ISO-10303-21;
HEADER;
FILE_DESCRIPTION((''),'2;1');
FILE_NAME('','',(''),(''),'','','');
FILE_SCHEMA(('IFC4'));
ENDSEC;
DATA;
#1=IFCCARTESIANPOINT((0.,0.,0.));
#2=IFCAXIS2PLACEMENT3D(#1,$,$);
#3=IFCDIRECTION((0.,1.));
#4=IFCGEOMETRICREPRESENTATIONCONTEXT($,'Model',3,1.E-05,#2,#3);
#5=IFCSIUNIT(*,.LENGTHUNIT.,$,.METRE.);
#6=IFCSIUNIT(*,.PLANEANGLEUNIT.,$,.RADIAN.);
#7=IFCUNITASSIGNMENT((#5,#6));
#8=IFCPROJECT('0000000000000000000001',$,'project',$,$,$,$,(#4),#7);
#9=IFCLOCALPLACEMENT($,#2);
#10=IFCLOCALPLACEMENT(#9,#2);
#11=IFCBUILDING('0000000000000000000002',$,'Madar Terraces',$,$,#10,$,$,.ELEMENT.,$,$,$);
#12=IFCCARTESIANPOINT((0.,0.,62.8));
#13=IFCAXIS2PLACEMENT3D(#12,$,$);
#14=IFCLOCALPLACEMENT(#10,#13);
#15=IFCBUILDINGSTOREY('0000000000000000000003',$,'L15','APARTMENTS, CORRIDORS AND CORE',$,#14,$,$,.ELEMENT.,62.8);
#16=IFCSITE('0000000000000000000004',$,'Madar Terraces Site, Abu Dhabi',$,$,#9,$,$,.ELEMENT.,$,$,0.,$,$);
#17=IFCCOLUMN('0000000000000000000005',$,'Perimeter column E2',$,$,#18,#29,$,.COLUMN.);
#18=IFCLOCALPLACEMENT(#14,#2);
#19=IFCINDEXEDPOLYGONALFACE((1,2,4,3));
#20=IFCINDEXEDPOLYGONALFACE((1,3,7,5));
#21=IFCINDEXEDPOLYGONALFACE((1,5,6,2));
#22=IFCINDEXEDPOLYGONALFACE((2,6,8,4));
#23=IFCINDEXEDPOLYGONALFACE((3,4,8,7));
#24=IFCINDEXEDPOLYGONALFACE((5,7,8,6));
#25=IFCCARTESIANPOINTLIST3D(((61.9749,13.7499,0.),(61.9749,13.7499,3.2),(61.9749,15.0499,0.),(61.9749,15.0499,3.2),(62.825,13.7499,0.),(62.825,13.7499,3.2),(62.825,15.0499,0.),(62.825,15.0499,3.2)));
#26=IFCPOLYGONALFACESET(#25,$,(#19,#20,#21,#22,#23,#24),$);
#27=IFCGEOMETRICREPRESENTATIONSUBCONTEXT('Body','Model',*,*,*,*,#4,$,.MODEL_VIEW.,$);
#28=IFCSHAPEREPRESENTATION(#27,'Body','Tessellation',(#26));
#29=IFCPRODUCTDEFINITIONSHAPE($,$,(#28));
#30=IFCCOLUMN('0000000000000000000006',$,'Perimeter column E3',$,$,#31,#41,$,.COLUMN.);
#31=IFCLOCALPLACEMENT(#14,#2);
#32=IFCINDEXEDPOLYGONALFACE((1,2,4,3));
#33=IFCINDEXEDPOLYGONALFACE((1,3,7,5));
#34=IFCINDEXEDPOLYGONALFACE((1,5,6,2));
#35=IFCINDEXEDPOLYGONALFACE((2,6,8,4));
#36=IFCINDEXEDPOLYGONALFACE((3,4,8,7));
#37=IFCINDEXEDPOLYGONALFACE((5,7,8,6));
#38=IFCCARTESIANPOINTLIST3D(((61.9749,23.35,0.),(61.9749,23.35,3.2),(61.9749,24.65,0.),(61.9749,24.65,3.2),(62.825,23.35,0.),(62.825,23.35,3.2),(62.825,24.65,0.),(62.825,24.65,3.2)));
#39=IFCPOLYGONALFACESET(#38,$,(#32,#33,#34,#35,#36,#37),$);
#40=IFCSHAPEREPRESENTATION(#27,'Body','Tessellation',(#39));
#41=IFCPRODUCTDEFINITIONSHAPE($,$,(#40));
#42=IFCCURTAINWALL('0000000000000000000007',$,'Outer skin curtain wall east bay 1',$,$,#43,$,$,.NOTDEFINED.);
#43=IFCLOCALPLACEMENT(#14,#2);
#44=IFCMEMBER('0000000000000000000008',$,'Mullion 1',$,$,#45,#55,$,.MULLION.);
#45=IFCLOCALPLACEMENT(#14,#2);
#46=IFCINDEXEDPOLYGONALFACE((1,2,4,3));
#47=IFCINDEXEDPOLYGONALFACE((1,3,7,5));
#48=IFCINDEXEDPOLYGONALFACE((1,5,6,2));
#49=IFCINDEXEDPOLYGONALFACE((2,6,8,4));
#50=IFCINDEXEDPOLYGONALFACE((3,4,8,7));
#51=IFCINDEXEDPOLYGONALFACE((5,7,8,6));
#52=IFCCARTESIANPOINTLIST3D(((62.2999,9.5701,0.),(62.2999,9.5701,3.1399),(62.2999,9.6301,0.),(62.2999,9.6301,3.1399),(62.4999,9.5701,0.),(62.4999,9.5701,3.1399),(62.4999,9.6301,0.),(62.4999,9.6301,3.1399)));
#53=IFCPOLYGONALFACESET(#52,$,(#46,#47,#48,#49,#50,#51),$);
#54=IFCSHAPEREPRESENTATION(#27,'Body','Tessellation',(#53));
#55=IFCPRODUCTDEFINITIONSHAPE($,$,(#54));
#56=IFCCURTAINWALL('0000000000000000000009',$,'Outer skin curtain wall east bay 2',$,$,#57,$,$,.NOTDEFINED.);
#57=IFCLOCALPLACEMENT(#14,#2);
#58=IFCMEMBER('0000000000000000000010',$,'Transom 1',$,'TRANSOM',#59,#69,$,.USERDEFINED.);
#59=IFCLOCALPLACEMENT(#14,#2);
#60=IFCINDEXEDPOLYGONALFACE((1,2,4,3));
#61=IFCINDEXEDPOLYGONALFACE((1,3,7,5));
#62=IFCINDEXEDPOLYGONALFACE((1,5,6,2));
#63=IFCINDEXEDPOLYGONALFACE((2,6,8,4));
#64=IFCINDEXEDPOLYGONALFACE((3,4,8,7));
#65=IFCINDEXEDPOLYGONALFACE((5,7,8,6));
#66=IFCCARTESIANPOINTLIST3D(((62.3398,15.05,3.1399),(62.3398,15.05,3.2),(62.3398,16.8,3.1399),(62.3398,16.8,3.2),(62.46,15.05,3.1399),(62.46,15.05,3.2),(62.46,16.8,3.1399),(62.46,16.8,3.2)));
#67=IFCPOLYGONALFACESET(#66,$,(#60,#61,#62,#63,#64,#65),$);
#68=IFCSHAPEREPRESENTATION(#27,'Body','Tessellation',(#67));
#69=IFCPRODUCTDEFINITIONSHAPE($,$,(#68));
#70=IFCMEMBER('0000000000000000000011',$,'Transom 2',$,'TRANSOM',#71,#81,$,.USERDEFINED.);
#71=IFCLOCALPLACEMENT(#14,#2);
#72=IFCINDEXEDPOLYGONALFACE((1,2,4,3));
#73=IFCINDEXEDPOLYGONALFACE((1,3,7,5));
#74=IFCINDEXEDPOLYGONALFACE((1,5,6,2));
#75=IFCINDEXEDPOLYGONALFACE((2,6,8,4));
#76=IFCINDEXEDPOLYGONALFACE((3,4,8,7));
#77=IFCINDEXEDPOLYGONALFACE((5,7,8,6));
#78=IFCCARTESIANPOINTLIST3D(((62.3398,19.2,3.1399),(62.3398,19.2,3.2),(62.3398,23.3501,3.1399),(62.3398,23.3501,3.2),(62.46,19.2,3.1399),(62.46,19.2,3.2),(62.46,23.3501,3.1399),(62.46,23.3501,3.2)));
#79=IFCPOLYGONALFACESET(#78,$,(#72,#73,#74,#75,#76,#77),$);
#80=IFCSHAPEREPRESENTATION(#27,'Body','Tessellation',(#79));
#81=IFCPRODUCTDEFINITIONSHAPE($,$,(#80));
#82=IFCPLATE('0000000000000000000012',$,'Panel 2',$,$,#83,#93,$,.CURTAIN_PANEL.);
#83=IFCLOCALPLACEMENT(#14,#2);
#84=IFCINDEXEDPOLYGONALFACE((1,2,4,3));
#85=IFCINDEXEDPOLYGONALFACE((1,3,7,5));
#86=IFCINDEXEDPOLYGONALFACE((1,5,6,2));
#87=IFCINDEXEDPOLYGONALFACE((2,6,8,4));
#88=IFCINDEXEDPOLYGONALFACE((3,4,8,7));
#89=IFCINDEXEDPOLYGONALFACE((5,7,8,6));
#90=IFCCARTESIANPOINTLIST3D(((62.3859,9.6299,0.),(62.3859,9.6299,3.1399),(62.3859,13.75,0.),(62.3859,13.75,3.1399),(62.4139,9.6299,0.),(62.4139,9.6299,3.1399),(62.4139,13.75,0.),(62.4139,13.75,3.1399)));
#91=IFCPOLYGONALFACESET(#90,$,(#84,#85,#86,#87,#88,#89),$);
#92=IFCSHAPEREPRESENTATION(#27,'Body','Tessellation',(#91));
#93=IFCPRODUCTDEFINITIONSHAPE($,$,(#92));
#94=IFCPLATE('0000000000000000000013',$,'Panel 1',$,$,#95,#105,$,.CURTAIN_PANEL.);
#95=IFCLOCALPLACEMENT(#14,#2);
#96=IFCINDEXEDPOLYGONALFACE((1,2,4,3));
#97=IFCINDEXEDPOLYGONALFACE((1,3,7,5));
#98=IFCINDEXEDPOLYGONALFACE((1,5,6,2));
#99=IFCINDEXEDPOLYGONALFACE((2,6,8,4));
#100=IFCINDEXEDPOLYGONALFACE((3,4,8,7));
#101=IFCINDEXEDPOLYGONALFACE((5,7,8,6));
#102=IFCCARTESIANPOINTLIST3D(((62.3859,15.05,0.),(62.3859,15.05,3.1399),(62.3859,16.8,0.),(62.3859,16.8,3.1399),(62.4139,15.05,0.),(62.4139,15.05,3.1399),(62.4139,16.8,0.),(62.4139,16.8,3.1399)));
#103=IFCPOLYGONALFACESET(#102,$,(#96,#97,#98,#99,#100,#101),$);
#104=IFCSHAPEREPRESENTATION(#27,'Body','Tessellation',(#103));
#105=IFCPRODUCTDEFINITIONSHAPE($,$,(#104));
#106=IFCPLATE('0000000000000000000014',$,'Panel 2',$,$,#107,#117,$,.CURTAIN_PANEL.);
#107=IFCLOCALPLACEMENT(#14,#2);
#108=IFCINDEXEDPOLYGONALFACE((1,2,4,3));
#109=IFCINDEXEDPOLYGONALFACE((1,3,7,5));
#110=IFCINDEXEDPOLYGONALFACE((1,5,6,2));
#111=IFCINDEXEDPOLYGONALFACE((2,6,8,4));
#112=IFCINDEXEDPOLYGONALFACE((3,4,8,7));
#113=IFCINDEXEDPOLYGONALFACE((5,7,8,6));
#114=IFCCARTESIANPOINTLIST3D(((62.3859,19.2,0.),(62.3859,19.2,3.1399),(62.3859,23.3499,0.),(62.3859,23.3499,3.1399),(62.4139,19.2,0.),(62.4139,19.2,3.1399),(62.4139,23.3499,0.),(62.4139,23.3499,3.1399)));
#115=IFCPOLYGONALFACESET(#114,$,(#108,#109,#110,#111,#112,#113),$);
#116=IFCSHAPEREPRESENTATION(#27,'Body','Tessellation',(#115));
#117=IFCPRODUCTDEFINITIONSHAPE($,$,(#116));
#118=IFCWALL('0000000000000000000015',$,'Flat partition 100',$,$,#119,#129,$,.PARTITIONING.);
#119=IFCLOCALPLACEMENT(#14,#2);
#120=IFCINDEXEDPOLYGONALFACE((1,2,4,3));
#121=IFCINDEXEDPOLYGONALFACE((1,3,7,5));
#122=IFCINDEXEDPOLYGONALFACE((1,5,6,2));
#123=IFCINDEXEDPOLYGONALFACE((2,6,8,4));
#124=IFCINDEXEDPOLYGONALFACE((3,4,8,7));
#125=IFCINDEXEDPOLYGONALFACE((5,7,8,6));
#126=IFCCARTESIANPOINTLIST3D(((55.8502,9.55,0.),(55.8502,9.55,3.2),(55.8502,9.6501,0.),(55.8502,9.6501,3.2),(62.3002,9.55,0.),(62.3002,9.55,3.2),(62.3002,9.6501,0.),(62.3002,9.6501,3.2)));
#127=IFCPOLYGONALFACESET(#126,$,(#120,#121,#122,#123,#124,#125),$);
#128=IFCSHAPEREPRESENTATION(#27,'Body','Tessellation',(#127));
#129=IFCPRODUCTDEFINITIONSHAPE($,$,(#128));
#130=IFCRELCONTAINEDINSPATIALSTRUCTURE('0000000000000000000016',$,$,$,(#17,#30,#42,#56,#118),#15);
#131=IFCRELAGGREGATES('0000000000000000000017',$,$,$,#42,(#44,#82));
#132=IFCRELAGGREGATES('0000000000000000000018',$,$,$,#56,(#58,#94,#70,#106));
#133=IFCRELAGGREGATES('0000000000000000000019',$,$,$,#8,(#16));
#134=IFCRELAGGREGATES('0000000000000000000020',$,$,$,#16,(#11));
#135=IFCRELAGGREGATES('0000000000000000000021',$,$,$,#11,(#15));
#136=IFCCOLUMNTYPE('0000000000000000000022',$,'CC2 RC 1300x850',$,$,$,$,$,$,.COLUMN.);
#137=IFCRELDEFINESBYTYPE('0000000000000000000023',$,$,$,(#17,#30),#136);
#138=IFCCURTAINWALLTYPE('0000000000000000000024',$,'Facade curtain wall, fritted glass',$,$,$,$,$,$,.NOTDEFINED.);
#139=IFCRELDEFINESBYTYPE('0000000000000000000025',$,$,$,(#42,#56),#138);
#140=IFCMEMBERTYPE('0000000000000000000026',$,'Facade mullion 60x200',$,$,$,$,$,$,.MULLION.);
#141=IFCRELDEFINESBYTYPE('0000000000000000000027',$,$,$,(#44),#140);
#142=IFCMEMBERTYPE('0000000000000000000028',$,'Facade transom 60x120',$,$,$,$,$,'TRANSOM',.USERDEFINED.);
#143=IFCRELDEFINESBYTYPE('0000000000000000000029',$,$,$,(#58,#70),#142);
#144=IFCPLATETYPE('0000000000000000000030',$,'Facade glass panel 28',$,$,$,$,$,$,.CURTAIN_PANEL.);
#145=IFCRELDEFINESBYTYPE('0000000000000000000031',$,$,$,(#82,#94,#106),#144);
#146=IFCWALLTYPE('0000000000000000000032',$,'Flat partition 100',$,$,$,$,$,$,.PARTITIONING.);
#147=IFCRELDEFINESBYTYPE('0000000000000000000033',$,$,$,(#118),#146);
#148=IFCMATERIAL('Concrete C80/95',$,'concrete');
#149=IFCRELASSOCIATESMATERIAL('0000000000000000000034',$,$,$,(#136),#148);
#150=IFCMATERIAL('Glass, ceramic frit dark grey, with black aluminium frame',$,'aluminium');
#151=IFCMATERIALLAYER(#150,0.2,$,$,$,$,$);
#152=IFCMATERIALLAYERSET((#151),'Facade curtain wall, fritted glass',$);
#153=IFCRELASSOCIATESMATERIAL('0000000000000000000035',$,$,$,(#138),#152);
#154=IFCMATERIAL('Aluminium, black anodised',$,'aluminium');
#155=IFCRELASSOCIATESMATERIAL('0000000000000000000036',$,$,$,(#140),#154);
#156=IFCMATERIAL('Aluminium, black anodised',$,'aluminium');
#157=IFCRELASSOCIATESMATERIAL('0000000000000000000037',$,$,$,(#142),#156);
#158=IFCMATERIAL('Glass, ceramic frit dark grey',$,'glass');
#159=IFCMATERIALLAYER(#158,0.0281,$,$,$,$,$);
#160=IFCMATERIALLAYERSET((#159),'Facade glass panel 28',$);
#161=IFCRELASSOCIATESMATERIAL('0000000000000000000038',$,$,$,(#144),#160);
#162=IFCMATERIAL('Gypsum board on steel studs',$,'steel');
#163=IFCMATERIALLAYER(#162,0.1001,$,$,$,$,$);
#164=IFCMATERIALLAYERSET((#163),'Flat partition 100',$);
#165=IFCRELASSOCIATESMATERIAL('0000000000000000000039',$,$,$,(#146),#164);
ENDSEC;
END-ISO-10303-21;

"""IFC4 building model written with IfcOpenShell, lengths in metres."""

from ifc_helpers import new_model, si_unit, direction, frame, frame_2d, origin, origin_2d, place, context, subcontext, project, spatial, rectangle, extrude, material, layer, layer_set, material_profile, profile_set, type_object, element, aggregate, save


model = new_model("IFC4")

# Units and contexts
model_context = context("Model", 3, precision=1e-05, world=origin(), true_north=direction((0.0, 1.0)))
body_context = subcontext(model_context, "Body", "Model", "MODEL_VIEW")
ifc_project = project(units=[si_unit("LENGTHUNIT", "METRE"), si_unit("PLANEANGLEUNIT", "RADIAN")], contexts=[model_context])

# Site, building, storey
site_placement = place(None, origin())
site = spatial("IfcSite", under=ifc_project, at=site_placement, Name="Madar Terraces Site, Abu Dhabi", CompositionType="ELEMENT", RefElevation=0.0)
building_placement = place(site_placement, origin())
building = spatial("IfcBuilding", under=site, at=building_placement, Name="Madar Terraces", CompositionType="ELEMENT")
storey_placement = place(building_placement, frame((0.0, 0.0, 62.8)))
storey = spatial("IfcBuildingStorey", under=building, at=storey_placement, Name="L15", Description="APARTMENTS, CORRIDORS AND CORE", CompositionType="ELEMENT", Elevation=62.8)

# Columns
ifc_material_1 = material(Name="Concrete C80/95", Category="concrete")
ifc_material_profile_1 = material_profile(ifc_material_1, rectangle(XDim=1.3, YDim=0.8501, at=origin_2d()), Name="CC2 RC 1300x850")
ifc_profile_set_1 = profile_set([ifc_material_profile_1], Name="Concrete C80/95")
column_type = type_object("IfcColumnType", Name="CC2 RC 1300x850", PredefinedType="COLUMN", material=ifc_profile_set_1)
for number, where, z_axis, x_axis, name in (
    (1, (62.3999, 14.3999, 0.0), (0.0, 0.0, 1.0), (0.0, 1.0, 0.0), "Perimeter column E2"),
    (2, (62.3999, 24.0, 0.0), (0.0, 0.0, 1.0), (0.0, 1.0, 0.0), "Perimeter column E3"),
):
    element("IfcColumn", number, at=place(storey_placement, frame(where, z_axis=z_axis, x_axis=x_axis)), inside=storey, type_object=column_type, Name=name, PredefinedType="COLUMN", context=body_context, shape_type="SweptSolid", body=[
        extrude(rectangle(XDim=1.3, YDim=0.8501, at=origin_2d()), origin(), (0.0, 0.0, 1.0), 3.2),
    ])

# Curtain wall, member
ifc_material_2 = material(Name="Glass, ceramic frit dark grey, with black aluminium frame", Category="aluminium")
ifc_layer_1 = layer(ifc_material_2, 0.2)
ifc_layer_set_1 = layer_set([ifc_layer_1], Name="Facade curtain wall, fritted glass")
curtain_wall_type = type_object("IfcCurtainWallType", Name="Facade curtain wall, fritted glass", PredefinedType="NOTDEFINED", material=ifc_layer_set_1)
curtain_wall_1_placement = place(storey_placement, origin())
curtain_wall_1 = element("IfcCurtainWall", 3, at=curtain_wall_1_placement, inside=storey, type_object=curtain_wall_type, Name="Outer skin curtain wall east bay 1", PredefinedType="NOTDEFINED")
ifc_material_3 = material(Name="Aluminium, black anodised", Category="aluminium")
ifc_material_profile_2 = material_profile(ifc_material_3, rectangle(XDim=0.2, YDim=0.0601, at=origin_2d()), Name="Facade mullion 60x200")
ifc_profile_set_2 = profile_set([ifc_material_profile_2], Name="Aluminium, black anodised")
member_type_1 = type_object("IfcMemberType", Name="Facade mullion 60x200", PredefinedType="MULLION", material=ifc_profile_set_2)
member_1_placement = place(storey_placement, frame((62.3999, 9.6001, 0.0), z_axis=(0.0, 0.0, 1.0), x_axis=(-1.0, 0.0, 0.0)))
member_1 = element("IfcMember", 4, at=member_1_placement, type_object=member_type_1, Name="Mullion 1", PredefinedType="MULLION", context=body_context, shape_type="SweptSolid", body=[
    extrude(rectangle(XDim=0.2, YDim=0.0601, at=origin_2d()), origin(), (0.0, 0.0, 1.0), 3.1399),
])

# Curtain wall, members
curtain_wall_2_placement = place(storey_placement, origin())
curtain_wall_2 = element("IfcCurtainWall", 5, at=curtain_wall_2_placement, inside=storey, type_object=curtain_wall_type, Name="Outer skin curtain wall east bay 2", PredefinedType="NOTDEFINED")
ifc_material_4 = material(Name="Aluminium, black anodised", Category="aluminium")
ifc_material_profile_3 = material_profile(ifc_material_4, rectangle(XDim=0.1201, YDim=0.0601, at=origin_2d()), Name="Facade transom 60x120")
ifc_profile_set_3 = profile_set([ifc_material_profile_3], Name="Aluminium, black anodised")
member_type_2 = type_object("IfcMemberType", Name="Facade transom 60x120", ElementType="TRANSOM", PredefinedType="USERDEFINED", material=ifc_profile_set_3)
member_2_placement = place(storey_placement, frame((62.3999, 15.05, 3.1699), z_axis=(0.0, 1.0, 0.0), x_axis=(-1.0, 0.0, 0.0)))
member_2 = element("IfcMember", 6, at=member_2_placement, type_object=member_type_2, Name="Transom 1", ObjectType="TRANSOM", PredefinedType="USERDEFINED", context=body_context, shape_type="SweptSolid", body=[
    extrude(rectangle(XDim=0.1201, YDim=0.0601, at=origin_2d()), origin(), (0.0, 0.0, 1.0), 1.75),
])
member_3_placement = place(storey_placement, frame((62.3999, 19.2, 3.1699), z_axis=(0.0, 1.0, 0.0), x_axis=(-1.0, 0.0, 0.0)))
member_3 = element("IfcMember", 7, at=member_3_placement, type_object=member_type_2, Name="Transom 2", ObjectType="TRANSOM", PredefinedType="USERDEFINED", context=body_context, shape_type="SweptSolid", body=[
    extrude(rectangle(XDim=0.1201, YDim=0.0601, at=origin_2d()), origin(), (0.0, 0.0, 1.0), 4.1501),
])

# Plates
ifc_material_5 = material(Name="Glass, ceramic frit dark grey", Category="glass")
ifc_layer_2 = layer(ifc_material_5, 0.0281)
ifc_layer_set_2 = layer_set([ifc_layer_2], Name="Facade glass panel 28")
plate_type = type_object("IfcPlateType", Name="Facade glass panel 28", PredefinedType="CURTAIN_PANEL", material=ifc_layer_set_2)
plate_1_placement = place(storey_placement, frame((62.3999, 11.6899, 0.0), z_axis=(0.0, 0.0, 1.0), x_axis=(0.0, 1.0, 0.0)))
plate_1 = element("IfcPlate", 8, at=plate_1_placement, type_object=plate_type, Name="Panel 2", PredefinedType="CURTAIN_PANEL", context=body_context, shape_type="SweptSolid", body=[
    extrude(rectangle(XDim=4.1201, YDim=0.0281, at=origin_2d()), origin(), (0.0, 0.0, 1.0), 3.1399),
])
aggregate(curtain_wall_1, [member_1, plate_1])
plate_2_placement = place(storey_placement, frame((62.3999, 15.925, 0.0), z_axis=(0.0, 0.0, 1.0), x_axis=(0.0, 1.0, 0.0)))
plate_2 = element("IfcPlate", 9, at=plate_2_placement, type_object=plate_type, Name="Panel 1", PredefinedType="CURTAIN_PANEL", context=body_context, shape_type="SweptSolid", body=[
    extrude(rectangle(XDim=1.75, YDim=0.0281, at=origin_2d()), origin(), (0.0, 0.0, 1.0), 3.1399),
])
plate_3_placement = place(storey_placement, frame((62.3999, 21.2749, 0.0), z_axis=(0.0, 0.0, 1.0), x_axis=(0.0, 1.0, 0.0)))
plate_3 = element("IfcPlate", 10, at=plate_3_placement, type_object=plate_type, Name="Panel 2", PredefinedType="CURTAIN_PANEL", context=body_context, shape_type="SweptSolid", body=[
    extrude(rectangle(XDim=4.1499, YDim=0.0281, at=origin_2d()), origin(), (0.0, 0.0, 1.0), 3.1399),
])
aggregate(curtain_wall_2, [member_2, plate_2, member_3, plate_3])

# Wall
ifc_material_6 = material(Name="Gypsum board on steel studs", Category="steel")
ifc_layer_3 = layer(ifc_material_6, 0.1001)
ifc_layer_set_3 = layer_set([ifc_layer_3], Name="Flat partition 100")
wall_type_1 = type_object("IfcWallType", Name="Flat partition 100", PredefinedType="PARTITIONING", material=ifc_layer_set_3)
wall_1_placement = place(storey_placement, frame((55.8501, 9.6001, 0.0), z_axis=(0.0, 0.0, 1.0), x_axis=(1.0, 0.0, 0.0)))
element("IfcWall", 11, at=wall_1_placement, inside=storey, type_object=wall_type_1, Name="Flat partition 100", PredefinedType="PARTITIONING", context=body_context, shape_type="SweptSolid", body=[
    extrude(rectangle(XDim=6.45, YDim=0.1001, at=frame_2d((3.2251, 0.0))), origin(), (0.0, 0.0, 1.0), 3.2),
])

save(model, "model.ifc")
